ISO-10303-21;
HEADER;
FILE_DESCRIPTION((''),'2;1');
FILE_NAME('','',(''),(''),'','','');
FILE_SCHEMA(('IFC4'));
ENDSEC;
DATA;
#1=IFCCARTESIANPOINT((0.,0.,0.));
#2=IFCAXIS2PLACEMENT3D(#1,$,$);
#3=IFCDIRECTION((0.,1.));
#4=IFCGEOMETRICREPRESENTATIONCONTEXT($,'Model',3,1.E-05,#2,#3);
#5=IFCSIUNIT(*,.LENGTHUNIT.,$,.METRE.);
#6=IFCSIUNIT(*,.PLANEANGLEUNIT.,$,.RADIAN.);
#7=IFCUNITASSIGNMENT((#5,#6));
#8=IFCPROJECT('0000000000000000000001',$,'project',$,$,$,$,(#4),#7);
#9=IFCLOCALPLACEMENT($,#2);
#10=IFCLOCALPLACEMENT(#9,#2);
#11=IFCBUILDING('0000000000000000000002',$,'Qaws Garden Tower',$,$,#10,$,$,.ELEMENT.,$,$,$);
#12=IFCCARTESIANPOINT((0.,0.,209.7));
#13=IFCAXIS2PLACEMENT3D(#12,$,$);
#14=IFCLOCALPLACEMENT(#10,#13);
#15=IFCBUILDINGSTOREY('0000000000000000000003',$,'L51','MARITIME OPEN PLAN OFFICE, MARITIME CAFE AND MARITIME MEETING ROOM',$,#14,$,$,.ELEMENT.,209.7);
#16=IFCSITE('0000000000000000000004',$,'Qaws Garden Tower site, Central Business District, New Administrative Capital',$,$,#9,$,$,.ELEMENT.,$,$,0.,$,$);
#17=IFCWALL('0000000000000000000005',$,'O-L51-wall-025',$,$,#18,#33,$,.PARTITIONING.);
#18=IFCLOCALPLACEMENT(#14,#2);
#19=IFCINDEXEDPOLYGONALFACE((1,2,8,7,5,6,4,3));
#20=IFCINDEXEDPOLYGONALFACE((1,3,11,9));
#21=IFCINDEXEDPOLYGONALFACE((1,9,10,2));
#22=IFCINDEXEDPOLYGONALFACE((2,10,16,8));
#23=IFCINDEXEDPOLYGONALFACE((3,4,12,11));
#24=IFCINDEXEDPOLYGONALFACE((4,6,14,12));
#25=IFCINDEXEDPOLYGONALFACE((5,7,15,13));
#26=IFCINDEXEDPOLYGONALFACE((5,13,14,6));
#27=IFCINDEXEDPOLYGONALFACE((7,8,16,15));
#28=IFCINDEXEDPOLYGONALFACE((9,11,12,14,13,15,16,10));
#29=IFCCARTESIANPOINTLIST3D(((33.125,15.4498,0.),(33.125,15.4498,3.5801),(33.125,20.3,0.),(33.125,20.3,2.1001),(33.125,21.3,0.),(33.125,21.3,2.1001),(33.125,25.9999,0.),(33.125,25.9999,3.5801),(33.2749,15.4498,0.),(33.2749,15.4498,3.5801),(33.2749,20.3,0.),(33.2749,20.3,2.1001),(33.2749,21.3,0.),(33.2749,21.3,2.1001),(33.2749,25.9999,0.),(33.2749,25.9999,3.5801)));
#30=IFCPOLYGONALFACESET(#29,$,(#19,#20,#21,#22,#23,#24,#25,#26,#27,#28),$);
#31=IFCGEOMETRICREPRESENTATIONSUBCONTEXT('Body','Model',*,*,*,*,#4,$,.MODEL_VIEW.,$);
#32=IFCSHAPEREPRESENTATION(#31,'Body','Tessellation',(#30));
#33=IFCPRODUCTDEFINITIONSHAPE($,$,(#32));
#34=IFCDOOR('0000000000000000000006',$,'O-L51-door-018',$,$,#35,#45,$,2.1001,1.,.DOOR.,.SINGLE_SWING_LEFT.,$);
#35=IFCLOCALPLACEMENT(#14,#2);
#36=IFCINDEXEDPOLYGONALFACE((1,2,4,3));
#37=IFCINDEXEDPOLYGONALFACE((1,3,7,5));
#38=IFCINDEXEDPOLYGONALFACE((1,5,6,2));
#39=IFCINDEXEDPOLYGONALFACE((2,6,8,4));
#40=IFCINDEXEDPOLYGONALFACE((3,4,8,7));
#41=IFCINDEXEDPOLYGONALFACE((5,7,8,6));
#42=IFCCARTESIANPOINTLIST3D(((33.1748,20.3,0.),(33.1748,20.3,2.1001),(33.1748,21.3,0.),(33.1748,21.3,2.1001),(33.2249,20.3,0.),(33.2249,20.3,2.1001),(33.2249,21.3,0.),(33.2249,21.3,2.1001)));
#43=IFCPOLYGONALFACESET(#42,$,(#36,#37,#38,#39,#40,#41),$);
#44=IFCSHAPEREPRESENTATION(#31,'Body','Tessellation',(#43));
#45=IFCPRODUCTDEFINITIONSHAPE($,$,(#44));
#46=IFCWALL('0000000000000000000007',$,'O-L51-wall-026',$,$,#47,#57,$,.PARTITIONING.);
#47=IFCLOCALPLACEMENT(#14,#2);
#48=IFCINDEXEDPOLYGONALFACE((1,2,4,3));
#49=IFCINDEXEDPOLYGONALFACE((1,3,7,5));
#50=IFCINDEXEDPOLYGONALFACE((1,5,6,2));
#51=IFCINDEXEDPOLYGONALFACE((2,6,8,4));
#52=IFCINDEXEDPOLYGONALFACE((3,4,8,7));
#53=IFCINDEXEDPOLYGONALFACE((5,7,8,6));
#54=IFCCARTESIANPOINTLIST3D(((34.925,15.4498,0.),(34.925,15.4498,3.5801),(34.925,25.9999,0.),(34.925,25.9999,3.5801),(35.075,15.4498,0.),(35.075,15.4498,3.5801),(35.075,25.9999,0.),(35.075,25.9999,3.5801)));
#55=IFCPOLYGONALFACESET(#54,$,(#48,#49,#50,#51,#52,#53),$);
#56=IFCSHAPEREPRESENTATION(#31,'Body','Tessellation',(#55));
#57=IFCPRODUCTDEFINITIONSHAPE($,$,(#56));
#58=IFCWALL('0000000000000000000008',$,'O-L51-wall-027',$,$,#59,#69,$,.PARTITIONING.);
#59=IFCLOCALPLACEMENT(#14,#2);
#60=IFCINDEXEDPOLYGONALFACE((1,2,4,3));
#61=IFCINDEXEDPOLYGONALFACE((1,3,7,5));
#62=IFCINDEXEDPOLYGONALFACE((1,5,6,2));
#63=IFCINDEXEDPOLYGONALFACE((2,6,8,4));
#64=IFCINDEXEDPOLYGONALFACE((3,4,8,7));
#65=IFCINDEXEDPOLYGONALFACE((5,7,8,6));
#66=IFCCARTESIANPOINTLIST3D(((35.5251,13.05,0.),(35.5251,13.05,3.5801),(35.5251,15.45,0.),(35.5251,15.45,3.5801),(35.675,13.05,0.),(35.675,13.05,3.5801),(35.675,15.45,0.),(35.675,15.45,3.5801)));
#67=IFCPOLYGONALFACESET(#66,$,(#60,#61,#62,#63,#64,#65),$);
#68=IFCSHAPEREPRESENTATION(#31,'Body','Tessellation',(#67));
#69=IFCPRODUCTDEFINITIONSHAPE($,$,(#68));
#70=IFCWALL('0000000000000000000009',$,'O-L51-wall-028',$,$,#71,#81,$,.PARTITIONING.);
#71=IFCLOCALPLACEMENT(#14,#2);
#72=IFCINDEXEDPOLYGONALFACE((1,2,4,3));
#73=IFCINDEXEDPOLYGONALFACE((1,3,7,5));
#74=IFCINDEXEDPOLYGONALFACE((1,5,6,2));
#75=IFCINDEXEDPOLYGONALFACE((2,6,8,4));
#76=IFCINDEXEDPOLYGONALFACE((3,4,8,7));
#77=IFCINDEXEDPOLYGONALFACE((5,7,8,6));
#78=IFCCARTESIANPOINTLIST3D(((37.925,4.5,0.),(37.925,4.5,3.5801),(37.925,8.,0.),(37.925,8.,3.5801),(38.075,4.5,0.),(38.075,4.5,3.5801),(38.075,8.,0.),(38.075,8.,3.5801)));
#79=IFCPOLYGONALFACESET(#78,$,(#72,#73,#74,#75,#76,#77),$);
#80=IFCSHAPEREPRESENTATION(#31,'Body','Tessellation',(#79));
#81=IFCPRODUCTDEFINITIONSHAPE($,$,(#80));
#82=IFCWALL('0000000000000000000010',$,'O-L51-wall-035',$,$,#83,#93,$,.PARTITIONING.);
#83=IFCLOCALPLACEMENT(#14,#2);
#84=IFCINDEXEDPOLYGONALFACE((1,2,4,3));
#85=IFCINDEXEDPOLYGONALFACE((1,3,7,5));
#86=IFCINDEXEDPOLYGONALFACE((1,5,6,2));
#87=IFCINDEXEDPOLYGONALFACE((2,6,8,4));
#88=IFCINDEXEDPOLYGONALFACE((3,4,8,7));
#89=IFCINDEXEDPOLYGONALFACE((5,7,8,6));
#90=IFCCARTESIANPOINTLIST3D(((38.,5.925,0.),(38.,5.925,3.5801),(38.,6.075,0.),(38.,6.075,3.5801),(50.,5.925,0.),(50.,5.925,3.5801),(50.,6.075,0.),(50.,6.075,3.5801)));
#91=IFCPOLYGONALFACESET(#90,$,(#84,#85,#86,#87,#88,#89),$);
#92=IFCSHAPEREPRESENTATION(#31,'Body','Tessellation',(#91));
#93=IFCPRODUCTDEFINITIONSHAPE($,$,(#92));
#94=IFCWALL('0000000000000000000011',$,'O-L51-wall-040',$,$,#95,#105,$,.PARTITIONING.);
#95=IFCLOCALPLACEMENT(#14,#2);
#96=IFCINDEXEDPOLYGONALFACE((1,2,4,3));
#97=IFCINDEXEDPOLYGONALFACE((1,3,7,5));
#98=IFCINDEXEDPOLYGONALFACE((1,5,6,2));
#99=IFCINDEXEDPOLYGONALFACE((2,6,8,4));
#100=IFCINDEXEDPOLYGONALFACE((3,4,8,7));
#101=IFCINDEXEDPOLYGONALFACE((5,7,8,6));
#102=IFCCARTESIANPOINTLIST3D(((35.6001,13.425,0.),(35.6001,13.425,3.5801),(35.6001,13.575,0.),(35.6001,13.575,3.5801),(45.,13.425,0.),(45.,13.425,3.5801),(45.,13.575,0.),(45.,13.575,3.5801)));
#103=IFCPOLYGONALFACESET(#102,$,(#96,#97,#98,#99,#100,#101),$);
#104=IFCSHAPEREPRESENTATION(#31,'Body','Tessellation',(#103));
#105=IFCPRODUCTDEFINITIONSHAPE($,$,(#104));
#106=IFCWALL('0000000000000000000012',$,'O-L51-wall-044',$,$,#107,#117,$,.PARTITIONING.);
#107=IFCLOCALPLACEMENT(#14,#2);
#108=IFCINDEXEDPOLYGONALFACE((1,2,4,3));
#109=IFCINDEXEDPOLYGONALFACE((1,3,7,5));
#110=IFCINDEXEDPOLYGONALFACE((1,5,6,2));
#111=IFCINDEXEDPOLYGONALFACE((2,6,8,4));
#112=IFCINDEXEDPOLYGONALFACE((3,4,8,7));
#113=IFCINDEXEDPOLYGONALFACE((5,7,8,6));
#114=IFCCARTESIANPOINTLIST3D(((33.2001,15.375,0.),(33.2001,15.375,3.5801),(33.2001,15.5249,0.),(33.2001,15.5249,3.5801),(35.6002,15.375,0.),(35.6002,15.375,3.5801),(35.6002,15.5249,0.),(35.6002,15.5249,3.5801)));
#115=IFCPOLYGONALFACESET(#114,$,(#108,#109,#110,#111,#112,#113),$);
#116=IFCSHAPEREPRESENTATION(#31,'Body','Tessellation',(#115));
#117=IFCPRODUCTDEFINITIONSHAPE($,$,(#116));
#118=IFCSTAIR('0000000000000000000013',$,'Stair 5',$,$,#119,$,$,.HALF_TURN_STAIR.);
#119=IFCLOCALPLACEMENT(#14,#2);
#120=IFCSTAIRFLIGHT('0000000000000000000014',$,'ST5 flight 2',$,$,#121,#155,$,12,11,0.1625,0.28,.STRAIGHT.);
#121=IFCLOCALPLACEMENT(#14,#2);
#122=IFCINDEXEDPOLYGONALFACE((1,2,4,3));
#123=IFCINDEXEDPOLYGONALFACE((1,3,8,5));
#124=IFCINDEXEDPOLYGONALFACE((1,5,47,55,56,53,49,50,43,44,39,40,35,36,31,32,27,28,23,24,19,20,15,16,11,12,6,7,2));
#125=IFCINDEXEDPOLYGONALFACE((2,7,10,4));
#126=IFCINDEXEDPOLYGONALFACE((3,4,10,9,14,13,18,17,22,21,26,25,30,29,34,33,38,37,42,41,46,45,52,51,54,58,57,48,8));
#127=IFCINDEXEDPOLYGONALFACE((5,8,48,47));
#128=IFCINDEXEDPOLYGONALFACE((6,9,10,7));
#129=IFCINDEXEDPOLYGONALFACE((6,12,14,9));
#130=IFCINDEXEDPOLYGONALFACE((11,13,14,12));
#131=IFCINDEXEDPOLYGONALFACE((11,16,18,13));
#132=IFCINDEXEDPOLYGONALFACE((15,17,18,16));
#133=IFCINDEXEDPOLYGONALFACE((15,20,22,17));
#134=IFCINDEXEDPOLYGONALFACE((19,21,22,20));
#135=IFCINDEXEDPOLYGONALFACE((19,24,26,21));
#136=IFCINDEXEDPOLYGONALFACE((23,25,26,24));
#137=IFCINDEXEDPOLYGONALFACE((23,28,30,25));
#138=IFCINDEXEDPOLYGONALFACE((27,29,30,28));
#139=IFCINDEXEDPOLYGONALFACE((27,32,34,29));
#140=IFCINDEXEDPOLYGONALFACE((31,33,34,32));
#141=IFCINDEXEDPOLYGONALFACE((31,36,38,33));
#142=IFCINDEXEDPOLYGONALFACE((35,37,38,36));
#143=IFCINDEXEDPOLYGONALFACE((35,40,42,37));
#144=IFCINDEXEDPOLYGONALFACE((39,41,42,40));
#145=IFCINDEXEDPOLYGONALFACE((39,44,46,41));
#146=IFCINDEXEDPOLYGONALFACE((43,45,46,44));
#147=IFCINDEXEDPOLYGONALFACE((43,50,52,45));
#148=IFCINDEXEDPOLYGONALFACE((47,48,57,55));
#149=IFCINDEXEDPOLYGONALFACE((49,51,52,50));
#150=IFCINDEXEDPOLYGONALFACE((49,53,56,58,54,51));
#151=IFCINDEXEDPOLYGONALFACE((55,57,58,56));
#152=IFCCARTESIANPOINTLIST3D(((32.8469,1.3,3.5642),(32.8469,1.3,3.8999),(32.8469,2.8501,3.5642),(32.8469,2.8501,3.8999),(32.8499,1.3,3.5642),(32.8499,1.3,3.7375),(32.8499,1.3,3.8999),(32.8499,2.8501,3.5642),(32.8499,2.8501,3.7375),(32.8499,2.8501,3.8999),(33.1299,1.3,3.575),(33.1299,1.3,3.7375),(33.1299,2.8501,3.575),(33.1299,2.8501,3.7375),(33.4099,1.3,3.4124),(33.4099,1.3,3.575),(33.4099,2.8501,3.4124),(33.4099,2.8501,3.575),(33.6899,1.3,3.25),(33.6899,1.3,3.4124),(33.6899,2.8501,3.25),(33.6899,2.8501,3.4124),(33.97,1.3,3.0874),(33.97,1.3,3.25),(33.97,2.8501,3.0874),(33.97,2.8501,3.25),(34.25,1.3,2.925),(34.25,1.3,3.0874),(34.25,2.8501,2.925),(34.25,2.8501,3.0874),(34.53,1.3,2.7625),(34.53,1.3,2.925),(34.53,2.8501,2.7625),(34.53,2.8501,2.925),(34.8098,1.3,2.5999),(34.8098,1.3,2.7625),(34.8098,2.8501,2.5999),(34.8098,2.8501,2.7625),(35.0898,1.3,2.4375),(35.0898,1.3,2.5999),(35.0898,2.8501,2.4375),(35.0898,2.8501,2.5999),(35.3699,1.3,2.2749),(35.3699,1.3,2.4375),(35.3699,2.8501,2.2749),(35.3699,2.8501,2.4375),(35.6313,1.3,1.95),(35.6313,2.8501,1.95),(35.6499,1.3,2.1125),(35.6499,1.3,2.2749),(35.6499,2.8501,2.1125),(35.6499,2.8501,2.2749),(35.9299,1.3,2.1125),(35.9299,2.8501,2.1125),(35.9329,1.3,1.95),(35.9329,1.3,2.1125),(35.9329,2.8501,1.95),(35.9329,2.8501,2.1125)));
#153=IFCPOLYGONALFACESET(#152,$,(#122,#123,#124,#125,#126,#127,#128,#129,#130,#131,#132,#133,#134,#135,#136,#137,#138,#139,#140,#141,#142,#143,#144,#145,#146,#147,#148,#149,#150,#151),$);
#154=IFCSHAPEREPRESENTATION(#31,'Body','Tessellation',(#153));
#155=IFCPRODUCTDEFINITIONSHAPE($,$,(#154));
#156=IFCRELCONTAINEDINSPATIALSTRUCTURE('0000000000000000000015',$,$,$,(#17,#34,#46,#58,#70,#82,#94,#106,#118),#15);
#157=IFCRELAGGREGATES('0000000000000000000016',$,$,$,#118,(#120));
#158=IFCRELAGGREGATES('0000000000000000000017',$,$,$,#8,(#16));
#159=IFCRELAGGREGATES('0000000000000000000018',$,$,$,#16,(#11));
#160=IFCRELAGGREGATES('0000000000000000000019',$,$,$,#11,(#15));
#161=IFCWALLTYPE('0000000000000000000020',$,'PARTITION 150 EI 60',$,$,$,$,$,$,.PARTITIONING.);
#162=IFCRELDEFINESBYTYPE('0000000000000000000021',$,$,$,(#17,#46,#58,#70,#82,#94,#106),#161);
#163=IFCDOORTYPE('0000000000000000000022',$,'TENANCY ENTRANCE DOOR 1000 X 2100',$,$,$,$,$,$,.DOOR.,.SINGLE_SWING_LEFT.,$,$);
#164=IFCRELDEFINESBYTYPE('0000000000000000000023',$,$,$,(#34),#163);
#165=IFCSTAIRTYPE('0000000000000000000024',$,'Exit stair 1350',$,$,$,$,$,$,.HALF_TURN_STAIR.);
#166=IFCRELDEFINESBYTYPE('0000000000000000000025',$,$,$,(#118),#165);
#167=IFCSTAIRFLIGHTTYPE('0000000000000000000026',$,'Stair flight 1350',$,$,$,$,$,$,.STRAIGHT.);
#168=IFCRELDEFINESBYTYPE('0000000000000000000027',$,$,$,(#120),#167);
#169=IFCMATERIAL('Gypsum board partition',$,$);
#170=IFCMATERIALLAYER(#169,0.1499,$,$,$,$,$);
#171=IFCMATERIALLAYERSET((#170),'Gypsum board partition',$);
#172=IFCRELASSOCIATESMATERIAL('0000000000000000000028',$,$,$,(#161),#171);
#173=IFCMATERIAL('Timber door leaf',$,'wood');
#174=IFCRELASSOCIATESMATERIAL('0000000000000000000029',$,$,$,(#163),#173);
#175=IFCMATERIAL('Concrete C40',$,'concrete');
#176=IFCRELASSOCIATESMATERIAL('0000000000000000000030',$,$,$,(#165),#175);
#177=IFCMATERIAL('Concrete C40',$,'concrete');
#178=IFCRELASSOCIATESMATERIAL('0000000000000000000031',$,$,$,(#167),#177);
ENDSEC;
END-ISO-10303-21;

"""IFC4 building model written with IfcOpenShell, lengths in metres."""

from ifc_helpers import new_model, si_unit, direction, frame, frame_2d, origin, place, context, subcontext, project, spatial, polyline, rectangle, outline, extrude, material, layer, layer_set, type_object, element, fill, aggregate, save


model = new_model("IFC4")

# Units and contexts
model_context = context("Model", 3, precision=1e-05, world=origin(), true_north=direction((0.0, 1.0)))
body_context = subcontext(model_context, "Body", "Model", "MODEL_VIEW")
ifc_project = project(units=[si_unit("LENGTHUNIT", "METRE"), si_unit("PLANEANGLEUNIT", "RADIAN")], contexts=[model_context])

# Site, building, storey
site_placement = place(None, origin())
site = spatial("IfcSite", under=ifc_project, at=site_placement, Name="Qaws Garden Tower site, Central Business District, New Administrative Capital", CompositionType="ELEMENT", RefElevation=0.0)
building_placement = place(site_placement, origin())
building = spatial("IfcBuilding", under=site, at=building_placement, Name="Qaws Garden Tower", CompositionType="ELEMENT")
storey_placement = place(building_placement, frame((0.0, 0.0, 209.7)))
storey = spatial("IfcBuildingStorey", under=building, at=storey_placement, Name="L51", Description="MARITIME OPEN PLAN OFFICE, MARITIME CAFE AND MARITIME MEETING ROOM", CompositionType="ELEMENT", Elevation=209.7)

# Wall, opening, door
ifc_material_1 = material(Name="Gypsum board partition")
ifc_layer_1 = layer(ifc_material_1, 0.1499)
ifc_layer_set_1 = layer_set([ifc_layer_1], Name="Gypsum board partition")
wall_type_1 = type_object("IfcWallType", Name="PARTITION 150 EI 60", PredefinedType="PARTITIONING", material=ifc_layer_set_1)
wall_1_placement = place(storey_placement, frame((33.2, 15.45, 0.0), z_axis=(0.0, 0.0, 1.0), x_axis=(0.0, 1.0, 0.0)))
wall_1 = element("IfcWall", 1, at=wall_1_placement, inside=storey, type_object=wall_type_1, Name="O-L51-wall-025", PredefinedType="PARTITIONING", context=body_context, shape_type="SweptSolid", body=[
    extrude(rectangle(XDim=10.55, YDim=0.1499, at=frame_2d((5.2749, 0.0))), origin(), (0.0, 0.0, 1.0), 3.5801),
])
opening_1_placement = place(wall_1_placement, frame((4.8501, 0.0, 0.0)))
opening_1 = element("IfcOpeningElement", 2, at=opening_1_placement, cuts=wall_1, PredefinedType="OPENING", context=body_context, shape_type="SweptSolid", body=[
    extrude(rectangle(XDim=1.0, YDim=2.1001, at=frame_2d((0.5, 1.05))), frame((0.0, 0.085, 0.0), z_axis=(0.0, -1.0, 0.0), x_axis=(1.0, 0.0, 0.0)), (0.0, 0.0, 1.0), 0.1699),
])
ifc_material_2 = material(Name="Timber door leaf", Category="wood")
door_type_1 = type_object("IfcDoorType", Name="TENANCY ENTRANCE DOOR 1000 X 2100", OperationType="SINGLE_SWING_LEFT", PredefinedType="DOOR", material=ifc_material_2)
door_1_placement = place(opening_1_placement, frame((1.0, 0.0, 0.0), z_axis=(0.0, 0.0, 1.0), x_axis=(-1.0, 0.0, 0.0)))
door_1 = element("IfcDoor", 3, at=door_1_placement, inside=storey, type_object=door_type_1, Name="O-L51-door-018", OperationType="SINGLE_SWING_LEFT", OverallHeight=2.1001, OverallWidth=1.0, PredefinedType="DOOR", context=body_context, shape_type="SweptSolid", body=[
    extrude(rectangle(XDim=1.0, YDim=2.1001, at=frame_2d((0.5, 1.05))), frame((0.0, 0.0249, 0.0), z_axis=(0.0, -1.0, 0.0), x_axis=(1.0, 0.0, 0.0)), (0.0, 0.0, 1.0), 0.05),
])
fill(opening_1, door_1)

# Walls
wall_2_placement = place(storey_placement, frame((35.0, 15.45, 0.0), z_axis=(0.0, 0.0, 1.0), x_axis=(0.0, 1.0, 0.0)))
element("IfcWall", 4, at=wall_2_placement, inside=storey, type_object=wall_type_1, Name="O-L51-wall-026", PredefinedType="PARTITIONING", context=body_context, shape_type="SweptSolid", body=[
    extrude(rectangle(XDim=10.55, YDim=0.1499, at=frame_2d((5.2749, 0.0))), origin(), (0.0, 0.0, 1.0), 3.5801),
])
wall_3_placement = place(storey_placement, frame((35.6001, 13.05, 0.0), z_axis=(0.0, 0.0, 1.0), x_axis=(0.0, 1.0, 0.0)))
element("IfcWall", 5, at=wall_3_placement, inside=storey, type_object=wall_type_1, Name="O-L51-wall-027", PredefinedType="PARTITIONING", context=body_context, shape_type="SweptSolid", body=[
    extrude(rectangle(XDim=2.3999, YDim=0.1499, at=frame_2d((1.2, 0.0))), origin(), (0.0, 0.0, 1.0), 3.5801),
])
wall_4_placement = place(storey_placement, frame((38.0, 4.5, 0.0), z_axis=(0.0, 0.0, 1.0), x_axis=(0.0, 1.0, 0.0)))
element("IfcWall", 6, at=wall_4_placement, inside=storey, type_object=wall_type_1, Name="O-L51-wall-028", PredefinedType="PARTITIONING", context=body_context, shape_type="SweptSolid", body=[
    extrude(rectangle(XDim=3.5, YDim=0.1499, at=frame_2d((1.75, 0.0))), origin(), (0.0, 0.0, 1.0), 3.5801),
])
wall_5_placement = place(storey_placement, frame((38.0, 6.0, 0.0), z_axis=(0.0, 0.0, 1.0), x_axis=(1.0, 0.0, 0.0)))
element("IfcWall", 7, at=wall_5_placement, inside=storey, type_object=wall_type_1, Name="O-L51-wall-035", PredefinedType="PARTITIONING", context=body_context, shape_type="SweptSolid", body=[
    extrude(rectangle(XDim=12.0, YDim=0.1499, at=frame_2d((6.0, 0.0))), origin(), (0.0, 0.0, 1.0), 3.5801),
])
wall_6_placement = place(storey_placement, frame((35.6001, 13.5, 0.0), z_axis=(0.0, 0.0, 1.0), x_axis=(1.0, 0.0, 0.0)))
element("IfcWall", 8, at=wall_6_placement, inside=storey, type_object=wall_type_1, Name="O-L51-wall-040", PredefinedType="PARTITIONING", context=body_context, shape_type="SweptSolid", body=[
    extrude(rectangle(XDim=9.3999, YDim=0.1499, at=frame_2d((4.7, 0.0))), origin(), (0.0, 0.0, 1.0), 3.5801),
])
wall_7_placement = place(storey_placement, frame((33.2, 15.45, 0.0), z_axis=(0.0, 0.0, 1.0), x_axis=(1.0, 0.0, 0.0)))
element("IfcWall", 9, at=wall_7_placement, inside=storey, type_object=wall_type_1, Name="O-L51-wall-044", PredefinedType="PARTITIONING", context=body_context, shape_type="SweptSolid", body=[
    extrude(rectangle(XDim=2.4001, YDim=0.1499, at=frame_2d((1.2002, 0.0))), origin(), (0.0, 0.0, 1.0), 3.5801),
])

# Stair, stair flight
ifc_material_3 = material(Name="Concrete C40", Category="concrete")
stair_type = type_object("IfcStairType", Name="Exit stair 1350", PredefinedType="HALF_TURN_STAIR", material=ifc_material_3)
stair_placement = place(storey_placement, origin())
stair = element("IfcStair", 10, at=stair_placement, inside=storey, type_object=stair_type, Name="Stair 5", PredefinedType="HALF_TURN_STAIR")
ifc_material_4 = material(Name="Concrete C40", Category="concrete")
stair_flight_type = type_object("IfcStairFlightType", Name="Stair flight 1350", PredefinedType="STRAIGHT", material=ifc_material_4)
stair_flight_placement = place(storey_placement, frame((35.9299, 2.075, 1.95), z_axis=(0.0, 0.0, 1.0), x_axis=(-1.0, 0.0, 0.0)))
stair_flight = element("IfcStairFlight", 11, at=stair_flight_placement, type_object=stair_flight_type, Name="ST5 flight 2", NumberOfRisers=12, NumberOfTreads=11, PredefinedType="STRAIGHT", RiserHeight=0.1625, TreadLength=0.28, context=body_context, shape_type="SweptSolid", body=[
    extrude(outline(polyline([(-0.0029, 0.0), (-0.0029, 0.1626), (0.0, 0.1626), (0.28, 0.1626), (0.28, 0.325), (0.5601, 0.325), (0.5601, 0.4875), (0.8401, 0.4875), (0.8401, 0.6499), (1.1201, 0.6499), (1.1201, 0.8125), (1.3999, 0.8125), (1.3999, 0.9751), (1.6799, 0.9751), (1.6799, 1.1375), (1.96, 1.1375), (1.96, 1.3), (2.24, 1.3), (2.24, 1.4624), (2.52, 1.4624), (2.52, 1.625), (2.8, 1.625), (2.8, 1.7876), (3.0801, 1.7876), (3.0801, 1.95), (3.083, 1.95), (3.083, 1.6143), (3.0801, 1.6143), (0.2986, 0.0), (-0.0029, 0.0)])), frame((0.0, 0.7749, 0.0), z_axis=(0.0, -1.0, 0.0), x_axis=(1.0, 0.0, 0.0)), (0.0, 0.0, 1.0), 1.55),
])
aggregate(stair, [stair_flight])

save(model, "model.ifc")
